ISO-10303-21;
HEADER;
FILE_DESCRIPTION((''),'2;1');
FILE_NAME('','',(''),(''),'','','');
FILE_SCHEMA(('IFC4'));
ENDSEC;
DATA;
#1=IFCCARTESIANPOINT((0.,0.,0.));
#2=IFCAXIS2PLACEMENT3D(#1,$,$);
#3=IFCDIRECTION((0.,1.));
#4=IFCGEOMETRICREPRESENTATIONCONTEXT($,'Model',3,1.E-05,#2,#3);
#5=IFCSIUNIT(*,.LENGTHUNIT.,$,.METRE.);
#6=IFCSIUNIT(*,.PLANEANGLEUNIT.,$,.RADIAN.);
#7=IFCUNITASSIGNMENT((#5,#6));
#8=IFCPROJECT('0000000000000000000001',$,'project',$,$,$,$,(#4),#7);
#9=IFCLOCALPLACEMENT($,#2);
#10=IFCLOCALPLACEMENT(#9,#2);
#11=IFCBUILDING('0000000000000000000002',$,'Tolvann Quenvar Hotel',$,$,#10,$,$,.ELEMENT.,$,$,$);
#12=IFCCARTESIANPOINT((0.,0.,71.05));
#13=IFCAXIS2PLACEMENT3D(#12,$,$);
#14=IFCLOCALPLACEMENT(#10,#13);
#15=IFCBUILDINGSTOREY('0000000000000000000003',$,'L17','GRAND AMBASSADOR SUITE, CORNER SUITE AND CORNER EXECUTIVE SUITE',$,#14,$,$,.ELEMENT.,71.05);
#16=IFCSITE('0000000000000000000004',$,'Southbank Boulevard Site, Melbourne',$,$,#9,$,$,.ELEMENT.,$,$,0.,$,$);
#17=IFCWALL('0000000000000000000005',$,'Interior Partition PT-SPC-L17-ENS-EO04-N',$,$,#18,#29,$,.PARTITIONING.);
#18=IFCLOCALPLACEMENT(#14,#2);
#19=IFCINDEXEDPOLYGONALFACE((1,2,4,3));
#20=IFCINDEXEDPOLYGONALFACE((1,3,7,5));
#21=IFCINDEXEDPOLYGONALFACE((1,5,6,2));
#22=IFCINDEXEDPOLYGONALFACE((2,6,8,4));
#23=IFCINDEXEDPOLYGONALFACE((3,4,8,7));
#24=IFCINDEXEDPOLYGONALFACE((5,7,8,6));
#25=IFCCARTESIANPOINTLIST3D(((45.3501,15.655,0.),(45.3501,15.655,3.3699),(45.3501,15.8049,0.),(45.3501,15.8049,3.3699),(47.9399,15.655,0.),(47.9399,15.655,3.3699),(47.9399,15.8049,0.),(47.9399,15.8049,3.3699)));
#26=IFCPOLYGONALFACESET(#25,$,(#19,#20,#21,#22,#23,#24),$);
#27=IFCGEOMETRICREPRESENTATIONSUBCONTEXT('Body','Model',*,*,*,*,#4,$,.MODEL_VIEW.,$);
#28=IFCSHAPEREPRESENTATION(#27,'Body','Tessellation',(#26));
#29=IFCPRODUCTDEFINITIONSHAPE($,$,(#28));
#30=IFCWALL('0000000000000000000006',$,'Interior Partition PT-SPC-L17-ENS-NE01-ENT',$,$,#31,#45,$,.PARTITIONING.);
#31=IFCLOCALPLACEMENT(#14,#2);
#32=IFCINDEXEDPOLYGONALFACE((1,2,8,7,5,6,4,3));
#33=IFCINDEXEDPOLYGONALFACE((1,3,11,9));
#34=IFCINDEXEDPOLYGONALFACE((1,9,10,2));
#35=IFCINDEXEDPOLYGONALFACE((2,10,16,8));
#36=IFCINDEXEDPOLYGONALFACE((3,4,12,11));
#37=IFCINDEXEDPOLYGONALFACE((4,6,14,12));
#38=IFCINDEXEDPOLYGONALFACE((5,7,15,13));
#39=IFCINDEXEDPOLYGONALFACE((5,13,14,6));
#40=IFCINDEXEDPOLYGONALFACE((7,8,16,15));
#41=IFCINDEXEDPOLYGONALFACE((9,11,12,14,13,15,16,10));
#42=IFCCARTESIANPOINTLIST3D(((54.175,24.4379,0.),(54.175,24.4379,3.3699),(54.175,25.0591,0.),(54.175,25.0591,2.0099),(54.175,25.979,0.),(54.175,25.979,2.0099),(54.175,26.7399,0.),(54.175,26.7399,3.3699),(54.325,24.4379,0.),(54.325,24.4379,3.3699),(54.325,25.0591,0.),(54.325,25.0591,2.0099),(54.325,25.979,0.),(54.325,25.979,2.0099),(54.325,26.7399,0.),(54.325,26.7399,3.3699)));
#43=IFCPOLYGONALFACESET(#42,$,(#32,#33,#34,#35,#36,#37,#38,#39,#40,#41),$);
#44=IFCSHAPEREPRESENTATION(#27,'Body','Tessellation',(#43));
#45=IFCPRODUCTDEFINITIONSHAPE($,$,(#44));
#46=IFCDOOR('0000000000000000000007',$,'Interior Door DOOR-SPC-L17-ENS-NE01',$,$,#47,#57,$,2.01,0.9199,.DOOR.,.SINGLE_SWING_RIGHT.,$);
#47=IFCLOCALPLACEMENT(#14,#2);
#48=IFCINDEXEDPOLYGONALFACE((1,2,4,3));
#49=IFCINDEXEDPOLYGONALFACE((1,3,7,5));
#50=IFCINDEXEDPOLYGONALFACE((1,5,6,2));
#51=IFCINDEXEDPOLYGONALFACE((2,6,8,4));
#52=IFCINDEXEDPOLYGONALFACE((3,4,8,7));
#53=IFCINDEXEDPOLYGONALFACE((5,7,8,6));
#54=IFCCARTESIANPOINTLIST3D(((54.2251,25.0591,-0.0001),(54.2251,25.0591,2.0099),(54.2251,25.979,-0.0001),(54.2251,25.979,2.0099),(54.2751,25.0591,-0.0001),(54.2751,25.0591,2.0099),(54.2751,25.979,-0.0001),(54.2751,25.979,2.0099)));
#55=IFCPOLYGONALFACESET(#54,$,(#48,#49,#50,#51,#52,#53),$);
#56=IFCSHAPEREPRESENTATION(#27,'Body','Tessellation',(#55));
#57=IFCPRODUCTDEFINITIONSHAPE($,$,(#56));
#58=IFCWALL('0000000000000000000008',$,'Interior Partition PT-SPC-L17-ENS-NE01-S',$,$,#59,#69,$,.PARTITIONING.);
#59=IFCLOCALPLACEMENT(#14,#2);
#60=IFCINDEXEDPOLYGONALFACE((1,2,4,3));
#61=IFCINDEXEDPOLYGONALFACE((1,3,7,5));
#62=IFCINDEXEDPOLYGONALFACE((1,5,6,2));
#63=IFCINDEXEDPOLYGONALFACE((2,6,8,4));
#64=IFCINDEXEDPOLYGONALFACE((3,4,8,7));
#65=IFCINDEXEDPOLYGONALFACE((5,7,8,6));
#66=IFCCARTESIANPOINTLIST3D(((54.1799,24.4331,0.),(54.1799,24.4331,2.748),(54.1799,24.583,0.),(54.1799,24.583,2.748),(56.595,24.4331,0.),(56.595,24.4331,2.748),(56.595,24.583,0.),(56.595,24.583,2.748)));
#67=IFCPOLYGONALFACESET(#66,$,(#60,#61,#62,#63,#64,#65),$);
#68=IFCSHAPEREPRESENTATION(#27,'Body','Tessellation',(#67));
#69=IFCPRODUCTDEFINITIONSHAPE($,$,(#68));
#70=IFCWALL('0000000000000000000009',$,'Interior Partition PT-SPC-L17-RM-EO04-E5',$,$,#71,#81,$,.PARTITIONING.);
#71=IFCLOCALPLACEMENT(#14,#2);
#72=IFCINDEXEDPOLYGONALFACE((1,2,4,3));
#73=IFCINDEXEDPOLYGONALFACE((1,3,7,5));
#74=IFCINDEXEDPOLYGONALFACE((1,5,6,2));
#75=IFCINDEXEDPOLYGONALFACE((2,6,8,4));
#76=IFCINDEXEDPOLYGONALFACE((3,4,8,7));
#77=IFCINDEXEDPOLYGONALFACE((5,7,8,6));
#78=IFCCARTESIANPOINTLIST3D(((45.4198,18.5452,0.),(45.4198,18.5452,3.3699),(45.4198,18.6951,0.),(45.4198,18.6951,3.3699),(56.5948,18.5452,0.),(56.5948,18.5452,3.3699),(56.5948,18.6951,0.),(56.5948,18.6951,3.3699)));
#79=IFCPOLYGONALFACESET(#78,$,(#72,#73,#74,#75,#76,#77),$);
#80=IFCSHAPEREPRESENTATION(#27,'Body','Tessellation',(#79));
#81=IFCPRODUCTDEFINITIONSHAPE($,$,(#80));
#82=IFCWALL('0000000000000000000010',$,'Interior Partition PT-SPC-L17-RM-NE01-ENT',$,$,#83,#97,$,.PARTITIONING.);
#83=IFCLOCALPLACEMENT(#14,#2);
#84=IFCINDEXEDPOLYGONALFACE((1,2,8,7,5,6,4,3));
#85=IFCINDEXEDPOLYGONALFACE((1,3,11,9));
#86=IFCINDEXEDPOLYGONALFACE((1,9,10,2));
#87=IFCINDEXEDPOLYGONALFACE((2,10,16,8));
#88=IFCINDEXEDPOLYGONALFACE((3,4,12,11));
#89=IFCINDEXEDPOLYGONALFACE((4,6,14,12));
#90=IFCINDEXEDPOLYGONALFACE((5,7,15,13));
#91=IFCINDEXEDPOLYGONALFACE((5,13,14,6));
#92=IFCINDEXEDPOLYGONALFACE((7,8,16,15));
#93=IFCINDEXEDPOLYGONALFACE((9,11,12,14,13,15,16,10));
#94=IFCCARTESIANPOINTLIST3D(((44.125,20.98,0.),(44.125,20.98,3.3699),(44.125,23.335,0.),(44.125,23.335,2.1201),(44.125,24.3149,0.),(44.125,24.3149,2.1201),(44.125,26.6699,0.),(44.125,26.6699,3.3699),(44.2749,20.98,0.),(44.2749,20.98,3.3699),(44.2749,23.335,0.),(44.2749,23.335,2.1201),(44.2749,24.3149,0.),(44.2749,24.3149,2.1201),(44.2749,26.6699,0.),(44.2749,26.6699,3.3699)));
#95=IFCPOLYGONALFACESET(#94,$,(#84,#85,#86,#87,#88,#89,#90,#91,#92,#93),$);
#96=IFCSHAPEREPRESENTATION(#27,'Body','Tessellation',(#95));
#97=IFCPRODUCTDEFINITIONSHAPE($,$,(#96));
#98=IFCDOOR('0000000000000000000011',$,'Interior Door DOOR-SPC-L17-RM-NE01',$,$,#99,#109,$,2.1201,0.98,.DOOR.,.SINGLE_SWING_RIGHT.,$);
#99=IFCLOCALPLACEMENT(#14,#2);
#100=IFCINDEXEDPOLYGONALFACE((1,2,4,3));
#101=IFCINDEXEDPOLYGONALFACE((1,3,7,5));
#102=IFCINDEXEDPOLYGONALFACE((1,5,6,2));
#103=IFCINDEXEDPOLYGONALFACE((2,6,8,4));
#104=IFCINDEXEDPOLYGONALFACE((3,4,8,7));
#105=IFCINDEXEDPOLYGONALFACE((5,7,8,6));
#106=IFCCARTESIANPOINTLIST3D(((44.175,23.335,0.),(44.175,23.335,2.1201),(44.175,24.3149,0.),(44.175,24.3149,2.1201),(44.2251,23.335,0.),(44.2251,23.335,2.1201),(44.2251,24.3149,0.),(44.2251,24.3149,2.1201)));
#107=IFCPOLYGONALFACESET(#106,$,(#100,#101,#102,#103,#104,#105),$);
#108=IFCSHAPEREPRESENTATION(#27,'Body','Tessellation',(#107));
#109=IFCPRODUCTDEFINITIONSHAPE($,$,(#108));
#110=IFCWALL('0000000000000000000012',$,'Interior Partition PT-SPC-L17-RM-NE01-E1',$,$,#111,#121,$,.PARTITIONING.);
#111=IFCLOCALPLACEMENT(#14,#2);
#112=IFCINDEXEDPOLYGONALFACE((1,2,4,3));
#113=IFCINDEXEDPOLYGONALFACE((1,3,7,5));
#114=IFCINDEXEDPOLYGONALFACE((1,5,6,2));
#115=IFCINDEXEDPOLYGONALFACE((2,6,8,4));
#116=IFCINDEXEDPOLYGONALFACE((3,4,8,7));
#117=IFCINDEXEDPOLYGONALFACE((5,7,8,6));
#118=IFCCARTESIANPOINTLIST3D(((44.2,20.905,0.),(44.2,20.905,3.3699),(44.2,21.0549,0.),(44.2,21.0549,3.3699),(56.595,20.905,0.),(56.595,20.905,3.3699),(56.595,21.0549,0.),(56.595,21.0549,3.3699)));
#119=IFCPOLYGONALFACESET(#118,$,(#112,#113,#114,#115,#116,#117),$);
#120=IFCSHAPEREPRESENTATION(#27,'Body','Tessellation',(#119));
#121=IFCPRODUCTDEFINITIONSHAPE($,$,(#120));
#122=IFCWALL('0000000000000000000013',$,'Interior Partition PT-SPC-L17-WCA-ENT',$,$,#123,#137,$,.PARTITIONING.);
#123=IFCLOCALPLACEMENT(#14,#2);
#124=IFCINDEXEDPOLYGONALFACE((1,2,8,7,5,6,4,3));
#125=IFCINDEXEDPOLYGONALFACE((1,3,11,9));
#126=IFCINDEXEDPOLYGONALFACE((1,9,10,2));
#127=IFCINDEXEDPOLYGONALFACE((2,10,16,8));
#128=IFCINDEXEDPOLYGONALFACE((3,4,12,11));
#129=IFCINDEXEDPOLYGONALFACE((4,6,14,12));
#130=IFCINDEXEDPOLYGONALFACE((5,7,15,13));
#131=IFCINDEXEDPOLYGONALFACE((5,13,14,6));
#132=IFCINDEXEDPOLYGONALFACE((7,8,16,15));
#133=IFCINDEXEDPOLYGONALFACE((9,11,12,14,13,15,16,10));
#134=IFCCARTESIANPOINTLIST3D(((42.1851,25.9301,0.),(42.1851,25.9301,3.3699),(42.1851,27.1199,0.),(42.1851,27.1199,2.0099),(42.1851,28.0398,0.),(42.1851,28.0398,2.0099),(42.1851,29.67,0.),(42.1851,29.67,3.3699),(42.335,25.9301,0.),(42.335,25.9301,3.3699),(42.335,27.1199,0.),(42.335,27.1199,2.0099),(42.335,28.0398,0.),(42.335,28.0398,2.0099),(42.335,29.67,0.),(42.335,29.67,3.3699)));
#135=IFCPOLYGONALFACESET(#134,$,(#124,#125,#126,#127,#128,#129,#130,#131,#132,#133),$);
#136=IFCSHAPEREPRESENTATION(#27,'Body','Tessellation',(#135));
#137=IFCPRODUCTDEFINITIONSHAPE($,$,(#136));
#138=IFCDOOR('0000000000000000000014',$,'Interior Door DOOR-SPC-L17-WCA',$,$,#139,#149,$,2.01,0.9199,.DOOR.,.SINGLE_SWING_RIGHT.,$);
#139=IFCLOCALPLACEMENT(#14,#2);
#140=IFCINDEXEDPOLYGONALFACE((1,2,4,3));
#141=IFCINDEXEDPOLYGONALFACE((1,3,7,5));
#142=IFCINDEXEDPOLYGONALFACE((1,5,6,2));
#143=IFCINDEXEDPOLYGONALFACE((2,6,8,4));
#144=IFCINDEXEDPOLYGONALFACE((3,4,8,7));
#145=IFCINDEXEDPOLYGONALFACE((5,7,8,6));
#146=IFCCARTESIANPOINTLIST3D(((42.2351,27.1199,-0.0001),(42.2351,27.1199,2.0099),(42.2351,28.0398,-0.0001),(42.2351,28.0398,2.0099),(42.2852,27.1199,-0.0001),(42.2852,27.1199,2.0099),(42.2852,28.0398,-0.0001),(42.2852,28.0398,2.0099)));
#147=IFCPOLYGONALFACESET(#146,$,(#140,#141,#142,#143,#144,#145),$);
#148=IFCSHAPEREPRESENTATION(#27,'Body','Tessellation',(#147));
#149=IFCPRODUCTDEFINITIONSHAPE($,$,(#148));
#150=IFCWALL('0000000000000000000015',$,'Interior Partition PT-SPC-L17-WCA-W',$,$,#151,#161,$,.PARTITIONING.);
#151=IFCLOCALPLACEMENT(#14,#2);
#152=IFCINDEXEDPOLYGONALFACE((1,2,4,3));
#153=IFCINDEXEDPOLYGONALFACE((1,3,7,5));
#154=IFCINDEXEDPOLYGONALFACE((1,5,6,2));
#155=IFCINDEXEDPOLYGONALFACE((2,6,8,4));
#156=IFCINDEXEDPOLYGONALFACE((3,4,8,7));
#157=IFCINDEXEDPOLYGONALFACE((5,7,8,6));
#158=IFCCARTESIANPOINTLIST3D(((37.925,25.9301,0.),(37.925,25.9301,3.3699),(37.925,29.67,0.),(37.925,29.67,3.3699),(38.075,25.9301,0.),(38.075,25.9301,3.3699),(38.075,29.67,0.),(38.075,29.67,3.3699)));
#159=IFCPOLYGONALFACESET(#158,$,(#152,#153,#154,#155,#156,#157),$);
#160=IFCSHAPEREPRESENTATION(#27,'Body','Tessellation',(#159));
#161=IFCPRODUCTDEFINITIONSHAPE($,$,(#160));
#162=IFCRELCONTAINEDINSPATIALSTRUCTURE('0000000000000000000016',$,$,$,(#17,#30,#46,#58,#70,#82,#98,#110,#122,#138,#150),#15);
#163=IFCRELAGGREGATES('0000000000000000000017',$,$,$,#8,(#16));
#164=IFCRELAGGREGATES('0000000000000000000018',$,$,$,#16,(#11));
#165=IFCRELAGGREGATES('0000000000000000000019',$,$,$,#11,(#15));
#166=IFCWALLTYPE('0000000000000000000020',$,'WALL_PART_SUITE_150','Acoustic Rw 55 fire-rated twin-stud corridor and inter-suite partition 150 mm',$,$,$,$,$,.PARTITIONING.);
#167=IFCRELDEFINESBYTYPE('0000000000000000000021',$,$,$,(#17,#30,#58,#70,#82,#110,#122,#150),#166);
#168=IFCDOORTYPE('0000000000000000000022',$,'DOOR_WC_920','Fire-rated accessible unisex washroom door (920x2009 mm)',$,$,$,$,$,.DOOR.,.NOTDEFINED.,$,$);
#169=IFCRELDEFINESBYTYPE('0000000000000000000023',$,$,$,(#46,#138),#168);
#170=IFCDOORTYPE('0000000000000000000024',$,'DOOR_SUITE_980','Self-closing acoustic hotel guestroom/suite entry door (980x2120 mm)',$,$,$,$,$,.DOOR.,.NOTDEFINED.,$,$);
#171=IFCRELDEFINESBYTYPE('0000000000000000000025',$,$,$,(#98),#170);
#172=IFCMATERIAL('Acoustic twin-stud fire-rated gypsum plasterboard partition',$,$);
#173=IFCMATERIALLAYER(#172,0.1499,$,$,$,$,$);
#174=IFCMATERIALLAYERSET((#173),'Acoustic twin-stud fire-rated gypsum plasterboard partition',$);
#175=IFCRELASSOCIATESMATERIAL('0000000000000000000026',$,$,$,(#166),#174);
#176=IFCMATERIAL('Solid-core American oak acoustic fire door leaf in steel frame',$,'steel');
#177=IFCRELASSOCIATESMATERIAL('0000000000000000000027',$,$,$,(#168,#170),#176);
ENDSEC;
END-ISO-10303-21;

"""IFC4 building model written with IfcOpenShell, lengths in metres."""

from ifc_helpers import new_model, si_unit, direction, frame, frame_2d, origin, place, context, subcontext, project, spatial, rectangle, extrude, source, transform, mapped, material, layer, layer_set, type_object, type_shapes, element, fill, save


model = new_model("IFC4")

# Units and contexts
model_context = context("Model", 3, precision=1e-05, world=origin(), true_north=direction((0.0, 1.0)))
body_context = subcontext(model_context, "Body", "Model", "MODEL_VIEW")
ifc_project = project(units=[si_unit("LENGTHUNIT", "METRE"), si_unit("PLANEANGLEUNIT", "RADIAN")], contexts=[model_context])

# Site, building, storey
site_placement = place(None, origin())
site = spatial("IfcSite", under=ifc_project, at=site_placement, Name="Southbank Boulevard Site, Melbourne", CompositionType="ELEMENT", RefElevation=0.0)
building_placement = place(site_placement, origin())
building = spatial("IfcBuilding", under=site, at=building_placement, Name="Tolvann Quenvar Hotel", CompositionType="ELEMENT")
storey_placement = place(building_placement, frame((0.0, 0.0, 71.05)))
storey = spatial("IfcBuildingStorey", under=building, at=storey_placement, Name="L17", Description="GRAND AMBASSADOR SUITE, CORNER SUITE AND CORNER EXECUTIVE SUITE", CompositionType="ELEMENT", Elevation=71.05)

# Wall
ifc_material_1 = material(Name="Acoustic twin-stud fire-rated gypsum plasterboard partition")
ifc_layer = layer(ifc_material_1, 0.1499)
ifc_layer_set = layer_set([ifc_layer], Name="Acoustic twin-stud fire-rated gypsum plasterboard partition")
wall_type = type_object("IfcWallType", Name="WALL_PART_SUITE_150", Description="Acoustic Rw 55 fire-rated twin-stud corridor and inter-suite partition 150 mm", PredefinedType="PARTITIONING", material=ifc_layer_set)
wall_1_placement = place(storey_placement, frame((45.3501, 15.73, 0.0), z_axis=(0.0, 0.0, 1.0), x_axis=(1.0, 0.0, 0.0)))
element("IfcWall", 1, at=wall_1_placement, inside=storey, type_object=wall_type, Name="Interior Partition PT-SPC-L17-ENS-EO04-N", PredefinedType="PARTITIONING", context=body_context, shape_type="SweptSolid", body=[
    extrude(rectangle(XDim=2.5898, YDim=0.1499, at=frame_2d((1.2949, 0.0))), origin(), (0.0, 0.0, 1.0), 3.3699),
])

# Wall, opening, door
wall_2_placement = place(storey_placement, frame((54.25, 24.438, 0.0), z_axis=(0.0, 0.0, 1.0), x_axis=(0.0, 1.0, 0.0)))
wall_2 = element("IfcWall", 2, at=wall_2_placement, inside=storey, type_object=wall_type, Name="Interior Partition PT-SPC-L17-ENS-NE01-ENT", PredefinedType="PARTITIONING", context=body_context, shape_type="SweptSolid", body=[
    extrude(rectangle(XDim=2.302, YDim=0.1499, at=frame_2d((1.1509, 0.0))), origin(), (0.0, 0.0, 1.0), 3.3699),
])
opening_1_placement = place(wall_2_placement, frame((0.6211, 0.0, 0.0)))
opening_1 = element("IfcOpeningElement", 3, at=opening_1_placement, cuts=wall_2, PredefinedType="OPENING", context=body_context, shape_type="SweptSolid", body=[
    extrude(rectangle(XDim=0.9199, YDim=2.01, at=frame_2d((0.46, 1.0049))), frame((0.0, 0.085, 0.0), z_axis=(0.0, -1.0, 0.0), x_axis=(1.0, 0.0, 0.0)), (0.0, 0.0, 1.0), 0.1699),
])
ifc_material_2 = material(Name="Solid-core American oak acoustic fire door leaf in steel frame", Category="steel")
door_type_1 = type_object("IfcDoorType", Name="DOOR_WC_920", Description="Fire-rated accessible unisex washroom door (920x2009 mm)", OperationType="NOTDEFINED", PredefinedType="DOOR", material=ifc_material_2)
shared_shape_1 = source(origin(), body_context, "Body", "SweptSolid", [
    extrude(rectangle(XDim=0.9199, YDim=2.01, at=frame_2d((0.46, 1.0049))), frame((0.0, 0.0249, 0.0), z_axis=(0.0, -1.0, 0.0), x_axis=(1.0, 0.0, 0.0)), (0.0, 0.0, 1.0), 0.05),
])
type_shapes(door_type_1, [shared_shape_1])
door_1_placement = place(opening_1_placement, origin())
door_1 = element("IfcDoor", 4, at=door_1_placement, inside=storey, type_object=door_type_1, Name="Interior Door DOOR-SPC-L17-ENS-NE01", OperationType="SINGLE_SWING_RIGHT", OverallHeight=2.01, OverallWidth=0.9199, PredefinedType="DOOR", context=body_context, shape_type="MappedRepresentation", body=[
    mapped(shared_shape_1, transform((0.0, 0.0, 0.0), x_axis=(1.0, 0.0, 0.0), y_axis=(0.0, 1.0, 0.0), z_axis=(0.0, 0.0, 1.0), scale=1.0)),
])
fill(opening_1, door_1)

# Wall
wall_3_placement = place(storey_placement, frame((54.1799, 24.5081, 0.0), z_axis=(0.0, 0.0, 1.0), x_axis=(1.0, 0.0, 0.0)))
element("IfcWall", 5, at=wall_3_placement, inside=storey, type_object=wall_type, Name="Interior Partition PT-SPC-L17-ENS-NE01-S", PredefinedType="PARTITIONING", context=body_context, shape_type="SweptSolid", body=[
    extrude(rectangle(XDim=2.415, YDim=0.1499, at=frame_2d((1.2075, 0.0))), origin(), (0.0, 0.0, 1.0), 2.748),
])

# Shared definitions
door_type_2 = type_object("IfcDoorType", Name="DOOR_SUITE_980", Description="Self-closing acoustic hotel guestroom/suite entry door (980x2120 mm)", OperationType="NOTDEFINED", PredefinedType="DOOR", material=ifc_material_2)
shared_shape_2 = source(origin(), body_context, "Body", "SweptSolid", [
    extrude(rectangle(XDim=0.98, YDim=2.1201, at=frame_2d((0.49, 1.0601))), frame((0.0, 0.0249, 0.0), z_axis=(0.0, -1.0, 0.0), x_axis=(1.0, 0.0, 0.0)), (0.0, 0.0, 1.0), 0.05),
])
type_shapes(door_type_2, [shared_shape_2])

# Wall
wall_4_placement = place(storey_placement, frame((45.4199, 18.6201, 0.0), z_axis=(0.0, 0.0, 1.0), x_axis=(1.0, 0.0, 0.0)))
element("IfcWall", 6, at=wall_4_placement, inside=storey, type_object=wall_type, Name="Interior Partition PT-SPC-L17-RM-EO04-E5", PredefinedType="PARTITIONING", context=body_context, shape_type="SweptSolid", body=[
    extrude(rectangle(XDim=11.175, YDim=0.1499, at=frame_2d((5.5874, 0.0))), origin(), (0.0, 0.0, 1.0), 3.3699),
])

# Wall, opening, door
wall_5_placement = place(storey_placement, frame((44.2, 20.98, 0.0), z_axis=(0.0, 0.0, 1.0), x_axis=(0.0, 1.0, 0.0)))
wall_5 = element("IfcWall", 7, at=wall_5_placement, inside=storey, type_object=wall_type, Name="Interior Partition PT-SPC-L17-RM-NE01-ENT", PredefinedType="PARTITIONING", context=body_context, shape_type="SweptSolid", body=[
    extrude(rectangle(XDim=5.6899, YDim=0.1499, at=frame_2d((2.845, 0.0))), origin(), (0.0, 0.0, 1.0), 3.3699),
])
opening_2_placement = place(wall_5_placement, frame((2.355, 0.0, 0.0)))
opening_2 = element("IfcOpeningElement", 8, at=opening_2_placement, cuts=wall_5, PredefinedType="OPENING", context=body_context, shape_type="SweptSolid", body=[
    extrude(rectangle(XDim=0.98, YDim=2.1201, at=frame_2d((0.49, 1.0601))), frame((0.0, 0.085, 0.0), z_axis=(0.0, -1.0, 0.0), x_axis=(1.0, 0.0, 0.0)), (0.0, 0.0, 1.0), 0.1699),
])
door_2_placement = place(opening_2_placement, origin())
door_2 = element("IfcDoor", 9, at=door_2_placement, inside=storey, type_object=door_type_2, Name="Interior Door DOOR-SPC-L17-RM-NE01", OperationType="SINGLE_SWING_RIGHT", OverallHeight=2.1201, OverallWidth=0.98, PredefinedType="DOOR", context=body_context, shape_type="MappedRepresentation", body=[
    mapped(shared_shape_2, transform((0.0, 0.0, 0.0), x_axis=(1.0, 0.0, 0.0), y_axis=(0.0, 1.0, 0.0), z_axis=(0.0, 0.0, 1.0), scale=1.0)),
])
fill(opening_2, door_2)

# Wall
wall_6_placement = place(storey_placement, frame((44.2, 20.98, 0.0), z_axis=(0.0, 0.0, 1.0), x_axis=(1.0, 0.0, 0.0)))
element("IfcWall", 10, at=wall_6_placement, inside=storey, type_object=wall_type, Name="Interior Partition PT-SPC-L17-RM-NE01-E1", PredefinedType="PARTITIONING", context=body_context, shape_type="SweptSolid", body=[
    extrude(rectangle(XDim=12.395, YDim=0.1499, at=frame_2d((6.1975, 0.0))), origin(), (0.0, 0.0, 1.0), 3.3699),
])

# Wall, opening, door
wall_7_placement = place(storey_placement, frame((42.26, 25.9299, 0.0), z_axis=(0.0, 0.0, 1.0), x_axis=(0.0, 1.0, 0.0)))
wall_7 = element("IfcWall", 11, at=wall_7_placement, inside=storey, type_object=wall_type, Name="Interior Partition PT-SPC-L17-WCA-ENT", PredefinedType="PARTITIONING", context=body_context, shape_type="SweptSolid", body=[
    extrude(rectangle(XDim=3.74, YDim=0.1499, at=frame_2d((1.8701, 0.0))), origin(), (0.0, 0.0, 1.0), 3.3699),
])
opening_3_placement = place(wall_7_placement, frame((1.1899, 0.0, 0.0)))
opening_3 = element("IfcOpeningElement", 12, at=opening_3_placement, cuts=wall_7, PredefinedType="OPENING", context=body_context, shape_type="SweptSolid", body=[
    extrude(rectangle(XDim=0.9199, YDim=2.01, at=frame_2d((0.46, 1.0049))), frame((0.0, 0.085, 0.0), z_axis=(0.0, -1.0, 0.0), x_axis=(1.0, 0.0, 0.0)), (0.0, 0.0, 1.0), 0.1699),
])
door_3_placement = place(opening_3_placement, origin())
door_3 = element("IfcDoor", 13, at=door_3_placement, inside=storey, type_object=door_type_1, Name="Interior Door DOOR-SPC-L17-WCA", OperationType="SINGLE_SWING_RIGHT", OverallHeight=2.01, OverallWidth=0.9199, PredefinedType="DOOR", context=body_context, shape_type="MappedRepresentation", body=[
    mapped(shared_shape_1, transform((0.0, 0.0, 0.0), x_axis=(1.0, 0.0, 0.0), y_axis=(0.0, 1.0, 0.0), z_axis=(0.0, 0.0, 1.0), scale=1.0)),
])
fill(opening_3, door_3)

# Wall
wall_8_placement = place(storey_placement, frame((38.0, 25.9299, 0.0), z_axis=(0.0, 0.0, 1.0), x_axis=(0.0, 1.0, 0.0)))
element("IfcWall", 14, at=wall_8_placement, inside=storey, type_object=wall_type, Name="Interior Partition PT-SPC-L17-WCA-W", PredefinedType="PARTITIONING", context=body_context, shape_type="SweptSolid", body=[
    extrude(rectangle(XDim=3.74, YDim=0.1499, at=frame_2d((1.8701, 0.0))), origin(), (0.0, 0.0, 1.0), 3.3699),
])

save(model, "model.ifc")
